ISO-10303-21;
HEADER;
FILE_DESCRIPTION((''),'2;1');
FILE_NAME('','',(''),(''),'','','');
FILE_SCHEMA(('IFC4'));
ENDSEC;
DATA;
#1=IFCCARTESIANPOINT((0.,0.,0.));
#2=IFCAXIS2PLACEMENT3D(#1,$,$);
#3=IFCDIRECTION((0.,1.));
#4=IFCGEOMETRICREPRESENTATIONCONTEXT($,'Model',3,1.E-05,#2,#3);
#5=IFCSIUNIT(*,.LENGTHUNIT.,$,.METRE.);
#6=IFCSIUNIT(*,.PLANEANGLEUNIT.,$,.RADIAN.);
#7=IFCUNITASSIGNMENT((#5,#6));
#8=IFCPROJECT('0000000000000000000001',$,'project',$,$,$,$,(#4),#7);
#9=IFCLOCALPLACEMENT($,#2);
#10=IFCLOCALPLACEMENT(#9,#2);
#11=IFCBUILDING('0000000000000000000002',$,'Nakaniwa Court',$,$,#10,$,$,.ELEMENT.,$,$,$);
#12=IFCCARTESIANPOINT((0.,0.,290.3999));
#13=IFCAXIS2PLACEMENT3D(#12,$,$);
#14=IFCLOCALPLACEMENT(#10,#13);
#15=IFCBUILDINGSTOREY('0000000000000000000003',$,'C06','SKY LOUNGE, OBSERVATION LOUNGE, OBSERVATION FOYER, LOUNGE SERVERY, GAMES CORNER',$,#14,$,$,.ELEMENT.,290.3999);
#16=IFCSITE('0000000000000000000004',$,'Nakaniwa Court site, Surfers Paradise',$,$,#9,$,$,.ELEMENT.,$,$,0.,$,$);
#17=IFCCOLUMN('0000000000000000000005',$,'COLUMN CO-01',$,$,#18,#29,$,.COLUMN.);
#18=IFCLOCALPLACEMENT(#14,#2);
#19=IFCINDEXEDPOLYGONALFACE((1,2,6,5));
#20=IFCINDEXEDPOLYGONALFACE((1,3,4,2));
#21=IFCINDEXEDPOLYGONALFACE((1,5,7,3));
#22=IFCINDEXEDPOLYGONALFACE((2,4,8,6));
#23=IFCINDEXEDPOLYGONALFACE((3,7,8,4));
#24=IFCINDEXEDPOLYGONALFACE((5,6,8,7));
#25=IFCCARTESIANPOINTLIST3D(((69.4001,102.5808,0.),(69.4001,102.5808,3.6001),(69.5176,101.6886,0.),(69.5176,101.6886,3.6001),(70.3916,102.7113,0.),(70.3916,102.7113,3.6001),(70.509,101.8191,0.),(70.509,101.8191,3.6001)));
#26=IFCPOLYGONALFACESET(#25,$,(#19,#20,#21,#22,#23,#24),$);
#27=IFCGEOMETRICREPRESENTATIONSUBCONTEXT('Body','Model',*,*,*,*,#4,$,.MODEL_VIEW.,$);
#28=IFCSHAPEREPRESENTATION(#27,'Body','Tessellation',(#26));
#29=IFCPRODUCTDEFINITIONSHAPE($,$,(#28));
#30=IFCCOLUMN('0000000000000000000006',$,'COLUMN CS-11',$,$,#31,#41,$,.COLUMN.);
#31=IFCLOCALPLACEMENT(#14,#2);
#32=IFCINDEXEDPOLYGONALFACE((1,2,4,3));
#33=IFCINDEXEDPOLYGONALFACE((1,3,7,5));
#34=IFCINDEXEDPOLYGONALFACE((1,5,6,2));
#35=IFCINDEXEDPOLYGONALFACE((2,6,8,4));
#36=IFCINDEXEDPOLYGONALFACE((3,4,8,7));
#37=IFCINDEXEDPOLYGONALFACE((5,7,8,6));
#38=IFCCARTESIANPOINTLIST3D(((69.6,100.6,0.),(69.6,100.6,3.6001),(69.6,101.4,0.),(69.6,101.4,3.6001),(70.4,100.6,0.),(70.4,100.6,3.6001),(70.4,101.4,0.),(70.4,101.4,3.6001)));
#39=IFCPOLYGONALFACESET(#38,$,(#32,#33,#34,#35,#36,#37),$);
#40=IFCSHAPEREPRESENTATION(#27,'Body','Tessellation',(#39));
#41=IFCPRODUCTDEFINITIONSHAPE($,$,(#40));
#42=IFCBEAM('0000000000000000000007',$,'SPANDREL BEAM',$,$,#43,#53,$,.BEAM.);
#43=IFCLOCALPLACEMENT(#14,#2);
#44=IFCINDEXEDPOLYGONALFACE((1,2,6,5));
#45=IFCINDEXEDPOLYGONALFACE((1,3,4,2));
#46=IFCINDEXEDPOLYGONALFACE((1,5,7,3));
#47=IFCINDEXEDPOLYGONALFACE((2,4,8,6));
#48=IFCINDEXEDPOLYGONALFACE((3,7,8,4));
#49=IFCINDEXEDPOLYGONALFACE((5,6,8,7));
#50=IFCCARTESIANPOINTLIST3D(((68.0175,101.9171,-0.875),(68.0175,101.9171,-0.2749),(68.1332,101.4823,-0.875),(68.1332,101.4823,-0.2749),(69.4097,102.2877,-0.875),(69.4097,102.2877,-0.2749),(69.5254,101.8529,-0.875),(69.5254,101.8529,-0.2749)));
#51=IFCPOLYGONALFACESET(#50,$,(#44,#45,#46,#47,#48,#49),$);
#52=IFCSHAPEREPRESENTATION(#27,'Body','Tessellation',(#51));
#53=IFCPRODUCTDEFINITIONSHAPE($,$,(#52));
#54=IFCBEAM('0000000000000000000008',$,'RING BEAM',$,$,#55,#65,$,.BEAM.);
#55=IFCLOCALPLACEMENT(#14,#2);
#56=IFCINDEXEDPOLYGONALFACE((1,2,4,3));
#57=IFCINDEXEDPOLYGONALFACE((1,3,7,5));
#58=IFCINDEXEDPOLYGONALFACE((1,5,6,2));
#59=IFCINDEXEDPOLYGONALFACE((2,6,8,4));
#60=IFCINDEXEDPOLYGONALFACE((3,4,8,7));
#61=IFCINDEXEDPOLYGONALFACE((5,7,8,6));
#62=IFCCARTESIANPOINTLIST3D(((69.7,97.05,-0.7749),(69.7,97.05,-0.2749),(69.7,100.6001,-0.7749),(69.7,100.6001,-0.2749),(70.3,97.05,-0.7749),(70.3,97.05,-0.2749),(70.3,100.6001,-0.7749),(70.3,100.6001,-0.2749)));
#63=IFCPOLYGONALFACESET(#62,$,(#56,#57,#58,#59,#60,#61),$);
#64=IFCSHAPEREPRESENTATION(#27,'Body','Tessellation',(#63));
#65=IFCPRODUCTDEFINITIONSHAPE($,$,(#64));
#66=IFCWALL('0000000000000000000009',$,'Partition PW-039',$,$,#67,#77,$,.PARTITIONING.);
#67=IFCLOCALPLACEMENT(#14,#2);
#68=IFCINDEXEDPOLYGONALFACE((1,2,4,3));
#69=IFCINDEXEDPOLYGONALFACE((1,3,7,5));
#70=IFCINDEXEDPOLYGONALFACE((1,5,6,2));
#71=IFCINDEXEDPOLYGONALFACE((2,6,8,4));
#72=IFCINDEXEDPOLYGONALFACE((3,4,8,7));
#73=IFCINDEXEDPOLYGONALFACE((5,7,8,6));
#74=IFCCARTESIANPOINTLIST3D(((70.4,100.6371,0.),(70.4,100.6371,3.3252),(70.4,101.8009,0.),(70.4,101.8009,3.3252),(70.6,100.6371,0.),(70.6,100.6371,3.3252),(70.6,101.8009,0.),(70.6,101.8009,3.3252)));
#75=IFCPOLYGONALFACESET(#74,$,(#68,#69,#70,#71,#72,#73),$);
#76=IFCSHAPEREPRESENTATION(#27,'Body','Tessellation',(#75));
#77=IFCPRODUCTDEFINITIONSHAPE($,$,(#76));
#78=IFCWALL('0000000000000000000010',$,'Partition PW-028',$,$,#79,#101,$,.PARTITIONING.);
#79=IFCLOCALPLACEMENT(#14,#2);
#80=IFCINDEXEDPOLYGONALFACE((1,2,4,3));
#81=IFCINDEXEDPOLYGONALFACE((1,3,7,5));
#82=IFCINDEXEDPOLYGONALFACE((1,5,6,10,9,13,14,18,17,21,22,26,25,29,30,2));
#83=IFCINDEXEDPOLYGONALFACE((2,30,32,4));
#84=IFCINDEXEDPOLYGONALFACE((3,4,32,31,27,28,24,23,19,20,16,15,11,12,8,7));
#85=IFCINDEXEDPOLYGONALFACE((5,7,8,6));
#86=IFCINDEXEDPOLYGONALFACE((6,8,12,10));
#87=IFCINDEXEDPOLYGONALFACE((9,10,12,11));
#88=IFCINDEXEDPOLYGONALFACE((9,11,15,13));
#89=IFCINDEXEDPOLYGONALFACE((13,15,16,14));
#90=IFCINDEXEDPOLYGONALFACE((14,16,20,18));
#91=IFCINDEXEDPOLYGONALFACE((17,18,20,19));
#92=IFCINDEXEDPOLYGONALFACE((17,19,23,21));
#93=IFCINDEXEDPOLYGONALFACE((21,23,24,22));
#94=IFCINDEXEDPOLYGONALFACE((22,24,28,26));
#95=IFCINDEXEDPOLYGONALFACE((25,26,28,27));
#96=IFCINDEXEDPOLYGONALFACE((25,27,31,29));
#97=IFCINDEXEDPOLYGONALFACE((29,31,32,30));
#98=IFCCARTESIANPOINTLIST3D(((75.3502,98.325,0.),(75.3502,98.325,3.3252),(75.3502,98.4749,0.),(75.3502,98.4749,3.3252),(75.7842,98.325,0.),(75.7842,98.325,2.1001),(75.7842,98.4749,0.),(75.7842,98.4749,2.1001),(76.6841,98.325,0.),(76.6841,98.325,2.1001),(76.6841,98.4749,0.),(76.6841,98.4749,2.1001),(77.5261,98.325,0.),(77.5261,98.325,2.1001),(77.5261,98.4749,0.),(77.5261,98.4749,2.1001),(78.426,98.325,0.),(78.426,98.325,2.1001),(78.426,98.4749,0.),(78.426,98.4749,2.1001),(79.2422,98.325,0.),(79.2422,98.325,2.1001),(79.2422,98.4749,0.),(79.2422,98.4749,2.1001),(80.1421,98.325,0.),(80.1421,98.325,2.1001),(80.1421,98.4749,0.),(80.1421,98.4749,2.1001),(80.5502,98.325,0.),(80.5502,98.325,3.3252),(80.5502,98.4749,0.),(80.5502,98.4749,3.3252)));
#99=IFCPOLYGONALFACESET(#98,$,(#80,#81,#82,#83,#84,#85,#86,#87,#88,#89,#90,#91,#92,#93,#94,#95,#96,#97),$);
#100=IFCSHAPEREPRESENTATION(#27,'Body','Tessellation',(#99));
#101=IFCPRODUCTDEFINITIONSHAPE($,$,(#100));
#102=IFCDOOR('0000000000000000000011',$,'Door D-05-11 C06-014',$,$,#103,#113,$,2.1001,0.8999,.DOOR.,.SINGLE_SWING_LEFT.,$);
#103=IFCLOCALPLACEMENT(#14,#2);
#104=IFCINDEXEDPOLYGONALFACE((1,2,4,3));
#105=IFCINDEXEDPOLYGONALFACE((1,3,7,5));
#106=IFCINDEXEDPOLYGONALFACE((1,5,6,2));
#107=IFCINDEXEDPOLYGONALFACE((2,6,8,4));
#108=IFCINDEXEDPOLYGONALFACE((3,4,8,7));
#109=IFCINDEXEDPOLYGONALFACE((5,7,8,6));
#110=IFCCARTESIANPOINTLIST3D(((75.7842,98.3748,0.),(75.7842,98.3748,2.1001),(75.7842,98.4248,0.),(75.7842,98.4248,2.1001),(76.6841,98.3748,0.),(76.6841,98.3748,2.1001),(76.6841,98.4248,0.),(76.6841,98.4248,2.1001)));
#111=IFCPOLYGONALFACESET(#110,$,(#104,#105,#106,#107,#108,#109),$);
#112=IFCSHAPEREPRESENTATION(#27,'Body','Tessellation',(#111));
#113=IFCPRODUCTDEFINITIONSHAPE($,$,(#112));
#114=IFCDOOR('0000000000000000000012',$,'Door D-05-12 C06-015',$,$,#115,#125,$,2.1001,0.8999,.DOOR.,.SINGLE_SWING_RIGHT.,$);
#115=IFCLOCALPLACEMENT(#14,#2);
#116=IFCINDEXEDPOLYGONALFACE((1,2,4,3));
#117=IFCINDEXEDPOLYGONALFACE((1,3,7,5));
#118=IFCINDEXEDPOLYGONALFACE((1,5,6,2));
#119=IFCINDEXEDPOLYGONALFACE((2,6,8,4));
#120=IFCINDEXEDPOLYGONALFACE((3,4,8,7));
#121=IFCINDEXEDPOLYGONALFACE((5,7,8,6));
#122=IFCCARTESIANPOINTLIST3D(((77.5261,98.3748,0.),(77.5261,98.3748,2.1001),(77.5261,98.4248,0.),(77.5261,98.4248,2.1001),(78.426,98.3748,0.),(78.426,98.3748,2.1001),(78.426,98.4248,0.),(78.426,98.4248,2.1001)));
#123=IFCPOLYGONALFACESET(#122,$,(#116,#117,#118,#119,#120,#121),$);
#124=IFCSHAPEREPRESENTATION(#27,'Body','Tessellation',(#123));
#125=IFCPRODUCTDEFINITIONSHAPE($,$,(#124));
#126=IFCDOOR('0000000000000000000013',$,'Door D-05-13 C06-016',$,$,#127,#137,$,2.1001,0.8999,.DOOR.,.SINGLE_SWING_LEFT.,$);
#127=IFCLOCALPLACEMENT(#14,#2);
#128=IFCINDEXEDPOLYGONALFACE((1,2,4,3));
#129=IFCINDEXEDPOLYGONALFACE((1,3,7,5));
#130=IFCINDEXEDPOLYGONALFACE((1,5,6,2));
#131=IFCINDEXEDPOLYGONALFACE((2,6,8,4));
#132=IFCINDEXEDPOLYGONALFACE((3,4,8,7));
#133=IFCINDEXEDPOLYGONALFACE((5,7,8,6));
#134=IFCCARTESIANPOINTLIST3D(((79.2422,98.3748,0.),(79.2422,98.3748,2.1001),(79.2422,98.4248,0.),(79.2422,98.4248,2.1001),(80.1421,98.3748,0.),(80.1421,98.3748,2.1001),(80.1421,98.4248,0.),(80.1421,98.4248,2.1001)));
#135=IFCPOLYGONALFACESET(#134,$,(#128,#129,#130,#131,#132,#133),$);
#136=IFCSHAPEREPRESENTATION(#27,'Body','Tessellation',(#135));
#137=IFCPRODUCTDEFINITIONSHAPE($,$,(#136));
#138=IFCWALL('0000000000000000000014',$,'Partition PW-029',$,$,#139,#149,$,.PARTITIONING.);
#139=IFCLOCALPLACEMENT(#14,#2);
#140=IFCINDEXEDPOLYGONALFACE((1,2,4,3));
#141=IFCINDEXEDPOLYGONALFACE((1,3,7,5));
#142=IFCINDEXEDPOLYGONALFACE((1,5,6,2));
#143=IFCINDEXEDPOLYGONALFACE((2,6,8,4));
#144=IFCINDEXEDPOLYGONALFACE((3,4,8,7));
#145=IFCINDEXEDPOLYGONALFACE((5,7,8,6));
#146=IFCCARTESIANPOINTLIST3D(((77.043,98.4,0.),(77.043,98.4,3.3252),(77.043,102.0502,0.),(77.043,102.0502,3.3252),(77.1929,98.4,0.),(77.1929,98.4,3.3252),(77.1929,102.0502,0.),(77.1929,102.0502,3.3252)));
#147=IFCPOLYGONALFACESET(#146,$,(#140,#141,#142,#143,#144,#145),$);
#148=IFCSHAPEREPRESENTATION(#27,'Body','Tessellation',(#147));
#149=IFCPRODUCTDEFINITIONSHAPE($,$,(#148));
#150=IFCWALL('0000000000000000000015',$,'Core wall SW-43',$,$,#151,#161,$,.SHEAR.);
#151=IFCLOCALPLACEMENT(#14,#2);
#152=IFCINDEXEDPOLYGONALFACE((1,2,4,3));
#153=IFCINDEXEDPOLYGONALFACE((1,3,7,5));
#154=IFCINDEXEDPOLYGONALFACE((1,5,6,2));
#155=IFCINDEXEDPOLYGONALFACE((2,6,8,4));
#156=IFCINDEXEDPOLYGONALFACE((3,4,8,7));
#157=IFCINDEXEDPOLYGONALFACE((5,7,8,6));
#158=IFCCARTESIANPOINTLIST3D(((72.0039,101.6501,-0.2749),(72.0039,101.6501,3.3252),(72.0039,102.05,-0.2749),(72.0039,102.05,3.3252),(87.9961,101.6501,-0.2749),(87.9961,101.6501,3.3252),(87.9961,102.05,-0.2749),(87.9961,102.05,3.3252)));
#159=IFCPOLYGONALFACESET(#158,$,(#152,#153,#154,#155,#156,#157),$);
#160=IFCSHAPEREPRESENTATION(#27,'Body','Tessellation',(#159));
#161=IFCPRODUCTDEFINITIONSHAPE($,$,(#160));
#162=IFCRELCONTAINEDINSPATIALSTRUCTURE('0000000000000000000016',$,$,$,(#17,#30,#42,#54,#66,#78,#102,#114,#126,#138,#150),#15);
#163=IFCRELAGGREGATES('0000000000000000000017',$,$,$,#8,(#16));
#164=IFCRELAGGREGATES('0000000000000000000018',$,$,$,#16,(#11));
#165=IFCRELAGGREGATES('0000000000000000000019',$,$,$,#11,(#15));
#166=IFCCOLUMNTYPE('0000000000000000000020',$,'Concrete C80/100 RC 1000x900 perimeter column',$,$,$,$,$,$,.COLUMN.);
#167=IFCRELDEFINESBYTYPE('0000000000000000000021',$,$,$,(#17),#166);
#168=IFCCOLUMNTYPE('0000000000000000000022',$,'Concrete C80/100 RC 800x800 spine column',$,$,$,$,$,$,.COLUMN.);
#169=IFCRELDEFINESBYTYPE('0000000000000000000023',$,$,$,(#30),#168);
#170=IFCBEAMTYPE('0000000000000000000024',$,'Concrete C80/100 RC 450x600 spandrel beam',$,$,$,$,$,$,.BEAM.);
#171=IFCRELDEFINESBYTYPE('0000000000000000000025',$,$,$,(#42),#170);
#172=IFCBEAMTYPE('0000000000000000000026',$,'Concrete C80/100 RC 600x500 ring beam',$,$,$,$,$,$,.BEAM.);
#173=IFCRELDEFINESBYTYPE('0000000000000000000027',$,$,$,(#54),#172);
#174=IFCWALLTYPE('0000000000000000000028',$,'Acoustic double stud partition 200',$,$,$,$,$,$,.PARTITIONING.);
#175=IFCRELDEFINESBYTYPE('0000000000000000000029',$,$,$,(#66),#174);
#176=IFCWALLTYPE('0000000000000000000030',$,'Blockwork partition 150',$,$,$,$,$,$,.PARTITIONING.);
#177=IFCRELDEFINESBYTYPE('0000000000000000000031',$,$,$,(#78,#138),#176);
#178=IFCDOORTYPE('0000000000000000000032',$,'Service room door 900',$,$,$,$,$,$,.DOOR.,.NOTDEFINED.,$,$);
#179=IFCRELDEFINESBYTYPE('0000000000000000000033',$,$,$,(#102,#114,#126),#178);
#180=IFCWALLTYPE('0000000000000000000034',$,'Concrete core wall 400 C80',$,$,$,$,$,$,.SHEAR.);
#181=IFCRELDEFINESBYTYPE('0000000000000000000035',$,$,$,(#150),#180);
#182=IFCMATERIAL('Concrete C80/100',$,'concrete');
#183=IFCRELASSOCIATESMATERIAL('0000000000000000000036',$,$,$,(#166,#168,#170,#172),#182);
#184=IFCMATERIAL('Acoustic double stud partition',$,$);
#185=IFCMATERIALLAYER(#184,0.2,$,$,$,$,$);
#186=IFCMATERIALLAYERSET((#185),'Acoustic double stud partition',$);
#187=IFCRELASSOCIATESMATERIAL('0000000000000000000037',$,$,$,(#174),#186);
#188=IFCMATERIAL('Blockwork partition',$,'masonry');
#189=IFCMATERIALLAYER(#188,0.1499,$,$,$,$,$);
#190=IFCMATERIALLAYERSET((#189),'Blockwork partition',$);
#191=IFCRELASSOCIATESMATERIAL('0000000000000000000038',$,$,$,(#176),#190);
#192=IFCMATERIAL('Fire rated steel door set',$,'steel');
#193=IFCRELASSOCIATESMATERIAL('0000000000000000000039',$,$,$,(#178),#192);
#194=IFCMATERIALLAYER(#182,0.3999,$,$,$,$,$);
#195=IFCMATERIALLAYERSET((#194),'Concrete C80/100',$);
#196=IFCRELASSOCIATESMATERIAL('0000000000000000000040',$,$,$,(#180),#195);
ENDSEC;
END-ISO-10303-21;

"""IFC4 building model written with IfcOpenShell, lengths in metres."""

from ifc_helpers import new_model, si_unit, direction, frame, frame_2d, origin, origin_2d, place, context, subcontext, project, spatial, rectangle, extrude, material, layer, layer_set, material_profile, profile_set, type_object, element, fill, save


model = new_model("IFC4")

# Units and contexts
model_context = context("Model", 3, precision=1e-05, world=origin(), true_north=direction((0.0, 1.0)))
body_context = subcontext(model_context, "Body", "Model", "MODEL_VIEW")
ifc_project = project(units=[si_unit("LENGTHUNIT", "METRE"), si_unit("PLANEANGLEUNIT", "RADIAN")], contexts=[model_context])

# Site, building, storey
site_placement = place(None, origin())
site = spatial("IfcSite", under=ifc_project, at=site_placement, Name="Nakaniwa Court site, Surfers Paradise", CompositionType="ELEMENT", RefElevation=0.0)
building_placement = place(site_placement, origin())
building = spatial("IfcBuilding", under=site, at=building_placement, Name="Nakaniwa Court", CompositionType="ELEMENT")
storey_placement = place(building_placement, frame((0.0, 0.0, 290.3999)))
storey = spatial("IfcBuildingStorey", under=building, at=storey_placement, Name="C06", Description="SKY LOUNGE, OBSERVATION LOUNGE, OBSERVATION FOYER, LOUNGE SERVERY, GAMES CORNER", CompositionType="ELEMENT", Elevation=290.3999)

# Columns
ifc_material_1 = material(Name="Concrete C80/100", Category="concrete")
ifc_material_profile_1 = material_profile(ifc_material_1, rectangle(XDim=1.0, YDim=0.8999, at=origin_2d()), Name="Concrete C80/100 RC 1000x900 perimeter column")
ifc_profile_set_1 = profile_set([ifc_material_profile_1], Name="Concrete C80/100")
column_type_1 = type_object("IfcColumnType", Name="Concrete C80/100 RC 1000x900 perimeter column", PredefinedType="COLUMN", material=ifc_profile_set_1)
column_1_placement = place(storey_placement, frame((69.9546, 102.2, 0.0), z_axis=(0.0, 0.0, 1.0), x_axis=(-0.991443, -0.130543, 0.0)))
element("IfcColumn", 1, at=column_1_placement, inside=storey, type_object=column_type_1, Name="COLUMN CO-01", PredefinedType="COLUMN", context=body_context, shape_type="SweptSolid", body=[
    extrude(rectangle(XDim=1.0, YDim=0.8999, at=origin_2d()), origin(), (0.0, 0.0, 1.0), 3.6001),
])
ifc_material_profile_2 = material_profile(ifc_material_1, rectangle(XDim=0.8, YDim=0.8, at=origin_2d()), Name="Concrete C80/100 RC 800x800 spine column")
ifc_profile_set_2 = profile_set([ifc_material_profile_2], Name="Concrete C80/100")
column_type_2 = type_object("IfcColumnType", Name="Concrete C80/100 RC 800x800 spine column", PredefinedType="COLUMN", material=ifc_profile_set_2)
column_2_placement = place(storey_placement, frame((70.0, 101.0, 0.0), z_axis=(0.0, 0.0, 1.0), x_axis=(0.0, -1.0, 0.0)))
element("IfcColumn", 2, at=column_2_placement, inside=storey, type_object=column_type_2, Name="COLUMN CS-11", PredefinedType="COLUMN", context=body_context, shape_type="SweptSolid", body=[
    extrude(rectangle(XDim=0.8, YDim=0.8, at=origin_2d()), origin(), (0.0, 0.0, 1.0), 3.6001),
])

# Beams
ifc_material_profile_3 = material_profile(ifc_material_1, rectangle(XDim=0.45, YDim=0.6001, at=origin_2d()), Name="Concrete C80/100 RC 450x600 spandrel beam")
ifc_profile_set_3 = profile_set([ifc_material_profile_3], Name="Concrete C80/100")
beam_type_1 = type_object("IfcBeamType", Name="Concrete C80/100 RC 450x600 spandrel beam", PredefinedType="BEAM", material=ifc_profile_set_3)
beam_1_placement = place(storey_placement, frame((69.4675, 102.0703, -0.575), z_axis=(-0.966342, -0.257262, 0.0), x_axis=(0.257262, -0.966342, 0.0)))
element("IfcBeam", 3, at=beam_1_placement, inside=storey, type_object=beam_type_1, Name="SPANDREL BEAM", PredefinedType="BEAM", context=body_context, shape_type="SweptSolid", body=[
    extrude(rectangle(XDim=0.45, YDim=0.6001, at=origin_2d()), origin(), (0.0, 0.0, 1.0), 1.4407),
])
ifc_material_profile_4 = material_profile(ifc_material_1, rectangle(XDim=0.6001, YDim=0.5, at=origin_2d()), Name="Concrete C80/100 RC 600x500 ring beam")
ifc_profile_set_4 = profile_set([ifc_material_profile_4], Name="Concrete C80/100")
beam_type_2 = type_object("IfcBeamType", Name="Concrete C80/100 RC 600x500 ring beam", PredefinedType="BEAM", material=ifc_profile_set_4)
beam_2_placement = place(storey_placement, frame((70.0, 100.6001, -0.5249), z_axis=(0.0, -1.0, 0.0), x_axis=(1.0, 0.0, 0.0)))
element("IfcBeam", 4, at=beam_2_placement, inside=storey, type_object=beam_type_2, Name="RING BEAM", PredefinedType="BEAM", context=body_context, shape_type="SweptSolid", body=[
    extrude(rectangle(XDim=0.6001, YDim=0.5, at=origin_2d()), origin(), (0.0, 0.0, 1.0), 3.55),
])

# Wall
ifc_material_2 = material(Name="Acoustic double stud partition")
ifc_layer_1 = layer(ifc_material_2, 0.2)
ifc_layer_set_1 = layer_set([ifc_layer_1], Name="Acoustic double stud partition")
wall_type_1 = type_object("IfcWallType", Name="Acoustic double stud partition 200", PredefinedType="PARTITIONING", material=ifc_layer_set_1)
wall_1_placement = place(storey_placement, frame((70.5, 100.637, 0.0), z_axis=(0.0, 0.0, 1.0), x_axis=(0.0, 1.0, 0.0)))
element("IfcWall", 5, at=wall_1_placement, inside=storey, type_object=wall_type_1, Name="Partition PW-039", PredefinedType="PARTITIONING", context=body_context, shape_type="SweptSolid", body=[
    extrude(rectangle(XDim=1.1638, YDim=0.2, at=frame_2d((0.582, 0.0))), origin(), (0.0, 0.0, 1.0), 3.3252),
])

# Wall, openings, doors
ifc_material_3 = material(Name="Blockwork partition", Category="masonry")
ifc_layer_2 = layer(ifc_material_3, 0.1499)
ifc_layer_set_2 = layer_set([ifc_layer_2], Name="Blockwork partition")
wall_type_2 = type_object("IfcWallType", Name="Blockwork partition 150", PredefinedType="PARTITIONING", material=ifc_layer_set_2)
wall_2_placement = place(storey_placement, frame((75.3501, 98.3999, 0.0), z_axis=(0.0, 0.0, 1.0), x_axis=(1.0, 0.0, 0.0)))
wall_2 = element("IfcWall", 6, at=wall_2_placement, inside=storey, type_object=wall_type_2, Name="Partition PW-028", PredefinedType="PARTITIONING", context=body_context, shape_type="SweptSolid", body=[
    extrude(rectangle(XDim=5.2, YDim=0.1499, at=frame_2d((2.6001, 0.0))), origin(), (0.0, 0.0, 1.0), 3.3252),
])
opening_1_placement = place(wall_2_placement, frame((0.4341, 0.0, 0.0)))
opening_1 = element("IfcOpeningElement", 7, at=opening_1_placement, cuts=wall_2, PredefinedType="OPENING", context=body_context, shape_type="SweptSolid", body=[
    extrude(rectangle(XDim=0.8999, YDim=2.1001, at=frame_2d((0.45, 1.05))), frame((0.0, 0.085, 0.0), z_axis=(0.0, -1.0, 0.0), x_axis=(1.0, 0.0, 0.0)), (0.0, 0.0, 1.0), 0.1699),
])
opening_2_placement = place(wall_2_placement, frame((2.176, 0.0, 0.0)))
opening_2 = element("IfcOpeningElement", 8, at=opening_2_placement, cuts=wall_2, PredefinedType="OPENING", context=body_context, shape_type="SweptSolid", body=[
    extrude(rectangle(XDim=0.8999, YDim=2.1001, at=frame_2d((0.45, 1.05))), frame((0.0, 0.085, 0.0), z_axis=(0.0, -1.0, 0.0), x_axis=(1.0, 0.0, 0.0)), (0.0, 0.0, 1.0), 0.1699),
])
opening_3_placement = place(wall_2_placement, frame((3.8921, 0.0, 0.0)))
opening_3 = element("IfcOpeningElement", 9, at=opening_3_placement, cuts=wall_2, PredefinedType="OPENING", context=body_context, shape_type="SweptSolid", body=[
    extrude(rectangle(XDim=0.8999, YDim=2.1001, at=frame_2d((0.45, 1.05))), frame((0.0, 0.085, 0.0), z_axis=(0.0, -1.0, 0.0), x_axis=(1.0, 0.0, 0.0)), (0.0, 0.0, 1.0), 0.1699),
])
ifc_material_4 = material(Name="Fire rated steel door set", Category="steel")
door_type = type_object("IfcDoorType", Name="Service room door 900", OperationType="NOTDEFINED", PredefinedType="DOOR", material=ifc_material_4)
door_1_placement = place(opening_1_placement, origin())
door_1 = element("IfcDoor", 10, at=door_1_placement, inside=storey, type_object=door_type, Name="Door D-05-11 C06-014", OperationType="SINGLE_SWING_LEFT", OverallHeight=2.1001, OverallWidth=0.8999, PredefinedType="DOOR", context=body_context, shape_type="SweptSolid", body=[
    extrude(rectangle(XDim=0.8999, YDim=2.1001, at=frame_2d((0.45, 1.05))), frame((0.0, 0.0249, 0.0), z_axis=(0.0, -1.0, 0.0), x_axis=(1.0, 0.0, 0.0)), (0.0, 0.0, 1.0), 0.05),
])
fill(opening_1, door_1)
door_2_placement = place(opening_2_placement, origin())
door_2 = element("IfcDoor", 11, at=door_2_placement, inside=storey, type_object=door_type, Name="Door D-05-12 C06-015", OperationType="SINGLE_SWING_RIGHT", OverallHeight=2.1001, OverallWidth=0.8999, PredefinedType="DOOR", context=body_context, shape_type="SweptSolid", body=[
    extrude(rectangle(XDim=0.8999, YDim=2.1001, at=frame_2d((0.45, 1.05))), frame((0.0, 0.0249, 0.0), z_axis=(0.0, -1.0, 0.0), x_axis=(1.0, 0.0, 0.0)), (0.0, 0.0, 1.0), 0.05),
])
fill(opening_2, door_2)
door_3_placement = place(opening_3_placement, origin())
door_3 = element("IfcDoor", 12, at=door_3_placement, inside=storey, type_object=door_type, Name="Door D-05-13 C06-016", OperationType="SINGLE_SWING_LEFT", OverallHeight=2.1001, OverallWidth=0.8999, PredefinedType="DOOR", context=body_context, shape_type="SweptSolid", body=[
    extrude(rectangle(XDim=0.8999, YDim=2.1001, at=frame_2d((0.45, 1.05))), frame((0.0, 0.0249, 0.0), z_axis=(0.0, -1.0, 0.0), x_axis=(1.0, 0.0, 0.0)), (0.0, 0.0, 1.0), 0.05),
])
fill(opening_3, door_3)

# Walls
wall_3_placement = place(storey_placement, frame((77.1179, 98.3999, 0.0), z_axis=(0.0, 0.0, 1.0), x_axis=(0.0, 1.0, 0.0)))
element("IfcWall", 13, at=wall_3_placement, inside=storey, type_object=wall_type_2, Name="Partition PW-029", PredefinedType="PARTITIONING", context=body_context, shape_type="SweptSolid", body=[
    extrude(rectangle(XDim=3.6501, YDim=0.1499, at=frame_2d((1.8252, 0.0))), origin(), (0.0, 0.0, 1.0), 3.3252),
])
ifc_layer_3 = layer(ifc_material_1, 0.3999)
ifc_layer_set_3 = layer_set([ifc_layer_3], Name="Concrete C80/100")
wall_type_3 = type_object("IfcWallType", Name="Concrete core wall 400 C80", PredefinedType="SHEAR", material=ifc_layer_set_3)
wall_4_placement = place(storey_placement, frame((72.0039, 101.8501, -0.2749), z_axis=(0.0, 0.0, 1.0), x_axis=(1.0, 0.0, 0.0)))
element("IfcWall", 14, at=wall_4_placement, inside=storey, type_object=wall_type_3, Name="Core wall SW-43", PredefinedType="SHEAR", context=body_context, shape_type="SweptSolid", body=[
    extrude(rectangle(XDim=15.9922, YDim=0.3999, at=frame_2d((7.9961, 0.0))), origin(), (0.0, 0.0, 1.0), 3.6001),
])

save(model, "model.ifc")
